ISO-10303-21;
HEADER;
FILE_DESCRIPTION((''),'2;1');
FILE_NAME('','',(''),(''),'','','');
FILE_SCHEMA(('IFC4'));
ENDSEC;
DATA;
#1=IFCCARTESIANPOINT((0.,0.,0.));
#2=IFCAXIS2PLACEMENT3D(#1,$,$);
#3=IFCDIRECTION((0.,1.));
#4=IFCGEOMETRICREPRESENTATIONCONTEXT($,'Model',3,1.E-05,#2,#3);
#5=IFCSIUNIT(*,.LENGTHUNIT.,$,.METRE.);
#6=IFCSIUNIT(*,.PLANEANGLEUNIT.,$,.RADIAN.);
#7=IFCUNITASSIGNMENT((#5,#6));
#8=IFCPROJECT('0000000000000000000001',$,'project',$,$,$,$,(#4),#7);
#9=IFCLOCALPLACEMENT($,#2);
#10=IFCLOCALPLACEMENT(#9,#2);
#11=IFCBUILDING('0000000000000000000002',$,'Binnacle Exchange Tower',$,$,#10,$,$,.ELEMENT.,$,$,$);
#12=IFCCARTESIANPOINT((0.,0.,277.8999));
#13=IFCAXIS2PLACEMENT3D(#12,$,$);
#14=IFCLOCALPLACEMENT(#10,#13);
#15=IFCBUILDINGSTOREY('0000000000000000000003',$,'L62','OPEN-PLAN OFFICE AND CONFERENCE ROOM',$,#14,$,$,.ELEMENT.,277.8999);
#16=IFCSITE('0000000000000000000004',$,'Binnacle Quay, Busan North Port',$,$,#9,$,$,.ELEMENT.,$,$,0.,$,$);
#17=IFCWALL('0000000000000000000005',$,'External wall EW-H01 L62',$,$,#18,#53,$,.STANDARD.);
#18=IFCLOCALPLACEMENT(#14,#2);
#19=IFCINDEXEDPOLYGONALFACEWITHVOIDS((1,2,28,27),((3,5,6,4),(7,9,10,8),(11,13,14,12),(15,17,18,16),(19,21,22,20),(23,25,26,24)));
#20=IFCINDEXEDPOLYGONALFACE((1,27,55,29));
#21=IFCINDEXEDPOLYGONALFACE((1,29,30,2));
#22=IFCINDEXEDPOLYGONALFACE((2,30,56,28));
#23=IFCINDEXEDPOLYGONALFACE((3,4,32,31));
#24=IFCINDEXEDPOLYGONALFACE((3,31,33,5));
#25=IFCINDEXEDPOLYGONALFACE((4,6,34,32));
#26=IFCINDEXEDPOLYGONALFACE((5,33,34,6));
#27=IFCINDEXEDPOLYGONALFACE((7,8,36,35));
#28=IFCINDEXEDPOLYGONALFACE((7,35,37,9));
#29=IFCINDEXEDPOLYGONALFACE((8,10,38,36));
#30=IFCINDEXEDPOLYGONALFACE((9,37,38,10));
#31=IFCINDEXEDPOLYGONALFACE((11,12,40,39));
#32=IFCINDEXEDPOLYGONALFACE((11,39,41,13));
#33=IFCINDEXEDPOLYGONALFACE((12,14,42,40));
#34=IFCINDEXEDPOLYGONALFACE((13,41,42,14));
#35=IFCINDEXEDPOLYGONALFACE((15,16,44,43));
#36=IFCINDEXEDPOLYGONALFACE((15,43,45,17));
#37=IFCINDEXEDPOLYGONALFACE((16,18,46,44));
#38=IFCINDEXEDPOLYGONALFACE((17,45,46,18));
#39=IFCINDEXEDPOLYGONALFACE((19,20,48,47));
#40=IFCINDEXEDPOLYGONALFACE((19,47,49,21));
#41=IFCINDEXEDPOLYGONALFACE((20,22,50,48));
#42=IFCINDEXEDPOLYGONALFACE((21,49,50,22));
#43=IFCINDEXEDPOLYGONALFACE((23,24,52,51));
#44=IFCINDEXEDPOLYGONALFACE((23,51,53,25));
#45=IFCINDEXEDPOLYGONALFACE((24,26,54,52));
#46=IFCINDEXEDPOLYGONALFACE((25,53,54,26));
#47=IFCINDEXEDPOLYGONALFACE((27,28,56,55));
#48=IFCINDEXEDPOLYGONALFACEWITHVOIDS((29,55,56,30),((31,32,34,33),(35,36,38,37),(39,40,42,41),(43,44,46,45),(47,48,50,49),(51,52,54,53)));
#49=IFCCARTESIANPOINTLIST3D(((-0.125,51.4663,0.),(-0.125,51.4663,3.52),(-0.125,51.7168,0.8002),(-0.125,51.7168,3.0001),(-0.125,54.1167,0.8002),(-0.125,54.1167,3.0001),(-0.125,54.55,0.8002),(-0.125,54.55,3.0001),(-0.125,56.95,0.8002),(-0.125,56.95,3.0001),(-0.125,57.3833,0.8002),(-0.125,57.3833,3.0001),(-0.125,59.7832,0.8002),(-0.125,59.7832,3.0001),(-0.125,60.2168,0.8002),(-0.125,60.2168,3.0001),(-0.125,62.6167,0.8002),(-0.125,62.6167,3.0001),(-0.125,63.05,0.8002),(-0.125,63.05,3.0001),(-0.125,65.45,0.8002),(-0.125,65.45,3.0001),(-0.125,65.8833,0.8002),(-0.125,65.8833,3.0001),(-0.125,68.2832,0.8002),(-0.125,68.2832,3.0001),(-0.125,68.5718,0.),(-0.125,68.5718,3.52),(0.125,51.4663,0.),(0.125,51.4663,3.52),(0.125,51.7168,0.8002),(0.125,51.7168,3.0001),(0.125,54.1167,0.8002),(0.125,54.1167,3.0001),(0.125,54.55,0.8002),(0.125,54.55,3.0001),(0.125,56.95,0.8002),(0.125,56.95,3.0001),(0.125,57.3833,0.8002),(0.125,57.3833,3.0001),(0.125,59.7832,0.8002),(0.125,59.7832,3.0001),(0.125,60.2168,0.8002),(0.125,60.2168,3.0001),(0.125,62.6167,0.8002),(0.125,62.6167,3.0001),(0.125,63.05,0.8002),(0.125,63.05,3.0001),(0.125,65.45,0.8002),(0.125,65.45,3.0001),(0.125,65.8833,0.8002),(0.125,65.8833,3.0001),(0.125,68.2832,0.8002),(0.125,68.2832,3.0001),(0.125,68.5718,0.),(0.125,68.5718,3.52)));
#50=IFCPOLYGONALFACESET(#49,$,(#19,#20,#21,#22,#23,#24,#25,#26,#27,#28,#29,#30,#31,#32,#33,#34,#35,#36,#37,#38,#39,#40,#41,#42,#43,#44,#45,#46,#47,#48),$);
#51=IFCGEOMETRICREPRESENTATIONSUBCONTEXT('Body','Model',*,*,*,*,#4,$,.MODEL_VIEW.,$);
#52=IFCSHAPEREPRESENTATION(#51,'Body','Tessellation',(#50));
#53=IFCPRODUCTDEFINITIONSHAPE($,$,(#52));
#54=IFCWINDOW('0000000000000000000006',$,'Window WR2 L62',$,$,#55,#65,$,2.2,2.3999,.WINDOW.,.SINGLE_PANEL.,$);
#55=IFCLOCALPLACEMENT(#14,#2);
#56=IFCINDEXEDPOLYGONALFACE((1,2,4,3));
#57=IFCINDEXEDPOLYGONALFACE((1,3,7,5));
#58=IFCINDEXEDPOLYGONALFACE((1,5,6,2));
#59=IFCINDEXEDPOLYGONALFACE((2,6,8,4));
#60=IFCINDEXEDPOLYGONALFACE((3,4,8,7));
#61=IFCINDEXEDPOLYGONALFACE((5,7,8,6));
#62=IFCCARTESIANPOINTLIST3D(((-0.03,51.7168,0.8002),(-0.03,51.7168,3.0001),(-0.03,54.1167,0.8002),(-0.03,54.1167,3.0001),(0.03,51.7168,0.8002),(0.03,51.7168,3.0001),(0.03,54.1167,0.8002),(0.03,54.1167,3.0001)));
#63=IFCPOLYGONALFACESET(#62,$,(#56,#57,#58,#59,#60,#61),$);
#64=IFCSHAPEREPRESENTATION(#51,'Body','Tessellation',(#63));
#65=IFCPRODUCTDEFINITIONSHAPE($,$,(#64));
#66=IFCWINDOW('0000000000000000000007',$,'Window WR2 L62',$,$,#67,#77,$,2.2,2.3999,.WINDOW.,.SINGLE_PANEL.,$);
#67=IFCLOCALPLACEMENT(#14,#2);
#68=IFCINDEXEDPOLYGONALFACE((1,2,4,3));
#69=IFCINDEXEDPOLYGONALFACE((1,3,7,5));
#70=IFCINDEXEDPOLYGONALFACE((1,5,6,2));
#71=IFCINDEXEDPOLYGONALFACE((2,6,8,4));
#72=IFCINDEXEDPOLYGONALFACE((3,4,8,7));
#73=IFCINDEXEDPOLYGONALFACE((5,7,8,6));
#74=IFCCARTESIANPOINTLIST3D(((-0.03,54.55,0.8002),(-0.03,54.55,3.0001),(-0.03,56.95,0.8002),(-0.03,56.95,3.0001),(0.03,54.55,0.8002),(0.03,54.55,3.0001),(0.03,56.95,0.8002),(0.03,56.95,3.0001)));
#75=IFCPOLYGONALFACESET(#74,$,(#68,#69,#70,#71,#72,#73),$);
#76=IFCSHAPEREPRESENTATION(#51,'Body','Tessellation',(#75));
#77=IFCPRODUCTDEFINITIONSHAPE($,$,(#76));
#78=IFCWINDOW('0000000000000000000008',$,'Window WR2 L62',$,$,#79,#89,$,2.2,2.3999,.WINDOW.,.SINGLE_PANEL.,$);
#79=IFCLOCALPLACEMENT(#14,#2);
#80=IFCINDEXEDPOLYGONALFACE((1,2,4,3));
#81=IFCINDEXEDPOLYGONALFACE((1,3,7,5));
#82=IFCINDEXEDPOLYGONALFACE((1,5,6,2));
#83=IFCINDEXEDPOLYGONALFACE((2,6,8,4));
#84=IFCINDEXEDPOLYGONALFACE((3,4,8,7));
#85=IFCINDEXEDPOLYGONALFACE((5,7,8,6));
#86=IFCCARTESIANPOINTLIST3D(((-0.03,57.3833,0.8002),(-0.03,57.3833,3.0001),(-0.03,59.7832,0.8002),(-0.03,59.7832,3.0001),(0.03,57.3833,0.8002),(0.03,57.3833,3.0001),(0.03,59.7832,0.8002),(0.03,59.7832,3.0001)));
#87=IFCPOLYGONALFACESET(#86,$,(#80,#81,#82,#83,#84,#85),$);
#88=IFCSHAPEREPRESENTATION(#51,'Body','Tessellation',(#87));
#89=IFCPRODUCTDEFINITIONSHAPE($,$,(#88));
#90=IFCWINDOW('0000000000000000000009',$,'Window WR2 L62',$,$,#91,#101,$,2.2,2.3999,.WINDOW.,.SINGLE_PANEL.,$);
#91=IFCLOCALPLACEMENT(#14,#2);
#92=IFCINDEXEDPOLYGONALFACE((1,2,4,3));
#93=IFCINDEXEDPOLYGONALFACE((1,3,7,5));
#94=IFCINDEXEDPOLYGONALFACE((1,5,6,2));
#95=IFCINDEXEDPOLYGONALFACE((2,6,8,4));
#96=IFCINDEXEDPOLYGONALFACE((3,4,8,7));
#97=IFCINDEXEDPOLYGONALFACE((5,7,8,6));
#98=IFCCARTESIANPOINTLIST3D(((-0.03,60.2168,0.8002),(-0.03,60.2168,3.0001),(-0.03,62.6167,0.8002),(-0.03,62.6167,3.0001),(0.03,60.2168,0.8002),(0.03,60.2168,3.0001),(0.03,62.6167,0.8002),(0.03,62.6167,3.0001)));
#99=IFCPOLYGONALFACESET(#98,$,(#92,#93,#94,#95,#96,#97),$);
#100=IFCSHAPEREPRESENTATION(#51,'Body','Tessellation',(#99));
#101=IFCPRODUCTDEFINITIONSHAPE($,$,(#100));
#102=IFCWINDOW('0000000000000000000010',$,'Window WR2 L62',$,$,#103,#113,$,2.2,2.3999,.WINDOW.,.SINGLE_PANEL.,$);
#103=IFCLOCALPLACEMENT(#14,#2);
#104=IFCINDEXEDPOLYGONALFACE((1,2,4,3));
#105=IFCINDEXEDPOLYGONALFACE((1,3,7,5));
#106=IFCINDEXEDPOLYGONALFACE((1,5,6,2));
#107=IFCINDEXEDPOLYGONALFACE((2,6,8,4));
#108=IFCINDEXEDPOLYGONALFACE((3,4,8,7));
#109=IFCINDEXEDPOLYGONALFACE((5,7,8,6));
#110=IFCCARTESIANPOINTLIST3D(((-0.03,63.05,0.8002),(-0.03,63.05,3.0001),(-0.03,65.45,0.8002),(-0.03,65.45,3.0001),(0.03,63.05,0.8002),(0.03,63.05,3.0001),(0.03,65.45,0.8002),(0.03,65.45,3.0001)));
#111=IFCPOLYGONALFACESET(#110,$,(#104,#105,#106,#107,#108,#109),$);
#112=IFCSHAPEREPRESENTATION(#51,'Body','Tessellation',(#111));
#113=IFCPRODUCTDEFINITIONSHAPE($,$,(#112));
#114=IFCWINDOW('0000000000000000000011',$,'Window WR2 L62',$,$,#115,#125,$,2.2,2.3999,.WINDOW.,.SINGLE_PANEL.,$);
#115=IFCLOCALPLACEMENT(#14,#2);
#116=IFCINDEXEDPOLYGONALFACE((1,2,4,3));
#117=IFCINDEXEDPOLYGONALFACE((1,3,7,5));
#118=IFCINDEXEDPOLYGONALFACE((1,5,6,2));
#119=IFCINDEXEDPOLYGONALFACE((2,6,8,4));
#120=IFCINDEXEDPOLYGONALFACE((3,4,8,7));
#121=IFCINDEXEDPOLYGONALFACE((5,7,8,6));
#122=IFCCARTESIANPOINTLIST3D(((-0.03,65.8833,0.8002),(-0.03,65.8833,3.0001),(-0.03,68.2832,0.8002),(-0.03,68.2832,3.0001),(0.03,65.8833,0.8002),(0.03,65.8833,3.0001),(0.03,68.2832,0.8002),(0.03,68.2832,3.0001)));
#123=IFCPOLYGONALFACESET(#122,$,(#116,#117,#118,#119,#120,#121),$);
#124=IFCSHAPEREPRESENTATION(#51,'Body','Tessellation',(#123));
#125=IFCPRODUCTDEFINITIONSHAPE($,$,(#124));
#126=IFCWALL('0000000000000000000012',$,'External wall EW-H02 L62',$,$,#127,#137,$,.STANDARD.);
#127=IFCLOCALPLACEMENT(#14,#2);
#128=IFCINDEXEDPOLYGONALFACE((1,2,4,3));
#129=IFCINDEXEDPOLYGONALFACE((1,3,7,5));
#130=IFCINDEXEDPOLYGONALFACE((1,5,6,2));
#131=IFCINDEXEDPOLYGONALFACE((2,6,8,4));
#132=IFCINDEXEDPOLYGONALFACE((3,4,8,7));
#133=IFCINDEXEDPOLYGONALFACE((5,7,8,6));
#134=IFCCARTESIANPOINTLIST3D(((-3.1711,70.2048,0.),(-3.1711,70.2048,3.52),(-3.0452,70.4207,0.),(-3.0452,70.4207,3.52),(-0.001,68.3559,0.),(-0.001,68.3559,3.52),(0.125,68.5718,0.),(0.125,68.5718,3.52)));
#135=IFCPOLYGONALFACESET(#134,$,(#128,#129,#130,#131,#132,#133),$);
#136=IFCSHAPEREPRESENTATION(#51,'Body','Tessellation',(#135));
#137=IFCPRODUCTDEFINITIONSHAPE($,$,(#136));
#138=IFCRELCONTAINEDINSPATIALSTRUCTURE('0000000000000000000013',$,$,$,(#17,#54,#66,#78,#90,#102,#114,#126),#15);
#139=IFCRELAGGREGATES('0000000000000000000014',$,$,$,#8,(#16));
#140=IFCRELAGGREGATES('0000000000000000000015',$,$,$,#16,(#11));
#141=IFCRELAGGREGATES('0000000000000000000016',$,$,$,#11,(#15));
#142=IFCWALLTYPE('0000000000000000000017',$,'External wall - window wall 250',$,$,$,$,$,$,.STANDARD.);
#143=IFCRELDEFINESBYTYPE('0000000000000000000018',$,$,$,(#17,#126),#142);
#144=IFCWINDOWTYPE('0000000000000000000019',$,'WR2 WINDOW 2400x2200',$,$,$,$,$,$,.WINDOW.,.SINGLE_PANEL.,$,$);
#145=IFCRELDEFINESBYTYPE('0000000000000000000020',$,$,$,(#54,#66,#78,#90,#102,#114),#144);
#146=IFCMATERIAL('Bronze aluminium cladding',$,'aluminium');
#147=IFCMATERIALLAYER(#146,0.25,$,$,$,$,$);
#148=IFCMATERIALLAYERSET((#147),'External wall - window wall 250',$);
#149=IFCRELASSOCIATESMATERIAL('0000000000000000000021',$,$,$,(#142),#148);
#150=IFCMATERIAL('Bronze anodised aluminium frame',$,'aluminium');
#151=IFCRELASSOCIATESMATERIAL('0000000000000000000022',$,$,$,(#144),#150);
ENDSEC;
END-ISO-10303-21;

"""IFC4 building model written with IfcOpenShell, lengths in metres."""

from ifc_helpers import new_model, si_unit, direction, frame, frame_2d, origin, place, context, subcontext, project, spatial, rectangle, extrude, material, layer, layer_set, type_object, element, fill, save


model = new_model("IFC4")

# Units and contexts
model_context = context("Model", 3, precision=1e-05, world=origin(), true_north=direction((0.0, 1.0)))
body_context = subcontext(model_context, "Body", "Model", "MODEL_VIEW")
ifc_project = project(units=[si_unit("LENGTHUNIT", "METRE"), si_unit("PLANEANGLEUNIT", "RADIAN")], contexts=[model_context])

# Site, building, storey
site_placement = place(None, origin())
site = spatial("IfcSite", under=ifc_project, at=site_placement, Name="Binnacle Quay, Busan North Port", CompositionType="ELEMENT", RefElevation=0.0)
building_placement = place(site_placement, origin())
building = spatial("IfcBuilding", under=site, at=building_placement, Name="Binnacle Exchange Tower", CompositionType="ELEMENT")
storey_placement = place(building_placement, frame((0.0, 0.0, 277.8999)))
storey = spatial("IfcBuildingStorey", under=building, at=storey_placement, Name="L62", Description="OPEN-PLAN OFFICE AND CONFERENCE ROOM", CompositionType="ELEMENT", Elevation=277.8999)

# Shared definitions
ifc_material_1 = material(Name="Bronze aluminium cladding", Category="aluminium")
ifc_layer_1 = layer(ifc_material_1, 0.25)
ifc_layer_set_1 = layer_set([ifc_layer_1], Name="External wall - window wall 250")
wall_type_1 = type_object("IfcWallType", Name="External wall - window wall 250", PredefinedType="STANDARD", material=ifc_layer_set_1)

# Wall, openings, windows
wall_1_placement = place(storey_placement, frame((0.0, 68.5718, 0.0), z_axis=(0.0, 0.0, 1.0), x_axis=(0.0, -1.0, 0.0)))
wall_1 = element("IfcWall", 1, at=wall_1_placement, inside=storey, type_object=wall_type_1, Name="External wall EW-H01 L62", PredefinedType="STANDARD", context=body_context, shape_type="SweptSolid", body=[
    extrude(rectangle(XDim=17.1055, YDim=0.25, at=frame_2d((8.5527, 0.0))), origin(), (0.0, 0.0, 1.0), 3.52),
])
opening_1_placement = place(wall_1_placement, frame((14.4551, 0.0, 0.8)))
opening_1 = element("IfcOpeningElement", 2, at=opening_1_placement, cuts=wall_1, PredefinedType="OPENING", context=body_context, shape_type="SweptSolid", body=[
    extrude(rectangle(XDim=2.3999, YDim=2.2, at=frame_2d((1.2, 1.1001))), frame((0.0, 0.135, 0.0), z_axis=(0.0, -1.0, 0.0), x_axis=(1.0, 0.0, 0.0)), (0.0, 0.0, 1.0), 0.27),
])
opening_2_placement = place(wall_1_placement, frame((11.6218, 0.0, 0.8)))
opening_2 = element("IfcOpeningElement", 3, at=opening_2_placement, cuts=wall_1, PredefinedType="OPENING", context=body_context, shape_type="SweptSolid", body=[
    extrude(rectangle(XDim=2.3999, YDim=2.2, at=frame_2d((1.2, 1.1001))), frame((0.0, 0.135, 0.0), z_axis=(0.0, -1.0, 0.0), x_axis=(1.0, 0.0, 0.0)), (0.0, 0.0, 1.0), 0.27),
])
opening_3_placement = place(wall_1_placement, frame((8.7886, 0.0, 0.8)))
opening_3 = element("IfcOpeningElement", 4, at=opening_3_placement, cuts=wall_1, PredefinedType="OPENING", context=body_context, shape_type="SweptSolid", body=[
    extrude(rectangle(XDim=2.3999, YDim=2.2, at=frame_2d((1.2, 1.1001))), frame((0.0, 0.135, 0.0), z_axis=(0.0, -1.0, 0.0), x_axis=(1.0, 0.0, 0.0)), (0.0, 0.0, 1.0), 0.27),
])
opening_4_placement = place(wall_1_placement, frame((5.9551, 0.0, 0.8)))
opening_4 = element("IfcOpeningElement", 5, at=opening_4_placement, cuts=wall_1, PredefinedType="OPENING", context=body_context, shape_type="SweptSolid", body=[
    extrude(rectangle(XDim=2.3999, YDim=2.2, at=frame_2d((1.2, 1.1001))), frame((0.0, 0.135, 0.0), z_axis=(0.0, -1.0, 0.0), x_axis=(1.0, 0.0, 0.0)), (0.0, 0.0, 1.0), 0.27),
])
opening_5_placement = place(wall_1_placement, frame((3.1218, 0.0, 0.8)))
opening_5 = element("IfcOpeningElement", 6, at=opening_5_placement, cuts=wall_1, PredefinedType="OPENING", context=body_context, shape_type="SweptSolid", body=[
    extrude(rectangle(XDim=2.3999, YDim=2.2, at=frame_2d((1.2, 1.1001))), frame((0.0, 0.135, 0.0), z_axis=(0.0, -1.0, 0.0), x_axis=(1.0, 0.0, 0.0)), (0.0, 0.0, 1.0), 0.27),
])
opening_6_placement = place(wall_1_placement, frame((0.2886, 0.0, 0.8)))
opening_6 = element("IfcOpeningElement", 7, at=opening_6_placement, cuts=wall_1, PredefinedType="OPENING", context=body_context, shape_type="SweptSolid", body=[
    extrude(rectangle(XDim=2.3999, YDim=2.2, at=frame_2d((1.2, 1.1001))), frame((0.0, 0.135, 0.0), z_axis=(0.0, -1.0, 0.0), x_axis=(1.0, 0.0, 0.0)), (0.0, 0.0, 1.0), 0.27),
])
ifc_material_2 = material(Name="Bronze anodised aluminium frame", Category="aluminium")
window_type = type_object("IfcWindowType", Name="WR2 WINDOW 2400x2200", PartitioningType="SINGLE_PANEL", PredefinedType="WINDOW", material=ifc_material_2)
window_1_placement = place(opening_1_placement, origin())
window_1 = element("IfcWindow", 8, at=window_1_placement, inside=storey, type_object=window_type, Name="Window WR2 L62", OverallHeight=2.2, OverallWidth=2.3999, PartitioningType="SINGLE_PANEL", PredefinedType="WINDOW", context=body_context, shape_type="SweptSolid", body=[
    extrude(rectangle(XDim=2.3999, YDim=2.2, at=frame_2d((1.2, 1.1001))), frame((0.0, 0.03, 0.0), z_axis=(0.0, -1.0, 0.0), x_axis=(1.0, 0.0, 0.0)), (0.0, 0.0, 1.0), 0.0601),
])
fill(opening_1, window_1)
window_2_placement = place(opening_2_placement, origin())
window_2 = element("IfcWindow", 9, at=window_2_placement, inside=storey, type_object=window_type, Name="Window WR2 L62", OverallHeight=2.2, OverallWidth=2.3999, PartitioningType="SINGLE_PANEL", PredefinedType="WINDOW", context=body_context, shape_type="SweptSolid", body=[
    extrude(rectangle(XDim=2.3999, YDim=2.2, at=frame_2d((1.2, 1.1001))), frame((0.0, 0.03, 0.0), z_axis=(0.0, -1.0, 0.0), x_axis=(1.0, 0.0, 0.0)), (0.0, 0.0, 1.0), 0.0601),
])
fill(opening_2, window_2)
window_3_placement = place(opening_3_placement, origin())
window_3 = element("IfcWindow", 10, at=window_3_placement, inside=storey, type_object=window_type, Name="Window WR2 L62", OverallHeight=2.2, OverallWidth=2.3999, PartitioningType="SINGLE_PANEL", PredefinedType="WINDOW", context=body_context, shape_type="SweptSolid", body=[
    extrude(rectangle(XDim=2.3999, YDim=2.2, at=frame_2d((1.2, 1.1001))), frame((0.0, 0.03, 0.0), z_axis=(0.0, -1.0, 0.0), x_axis=(1.0, 0.0, 0.0)), (0.0, 0.0, 1.0), 0.0601),
])
fill(opening_3, window_3)
window_4_placement = place(opening_4_placement, origin())
window_4 = element("IfcWindow", 11, at=window_4_placement, inside=storey, type_object=window_type, Name="Window WR2 L62", OverallHeight=2.2, OverallWidth=2.3999, PartitioningType="SINGLE_PANEL", PredefinedType="WINDOW", context=body_context, shape_type="SweptSolid", body=[
    extrude(rectangle(XDim=2.3999, YDim=2.2, at=frame_2d((1.2, 1.1001))), frame((0.0, 0.03, 0.0), z_axis=(0.0, -1.0, 0.0), x_axis=(1.0, 0.0, 0.0)), (0.0, 0.0, 1.0), 0.0601),
])
fill(opening_4, window_4)
window_5_placement = place(opening_5_placement, origin())
window_5 = element("IfcWindow", 12, at=window_5_placement, inside=storey, type_object=window_type, Name="Window WR2 L62", OverallHeight=2.2, OverallWidth=2.3999, PartitioningType="SINGLE_PANEL", PredefinedType="WINDOW", context=body_context, shape_type="SweptSolid", body=[
    extrude(rectangle(XDim=2.3999, YDim=2.2, at=frame_2d((1.2, 1.1001))), frame((0.0, 0.03, 0.0), z_axis=(0.0, -1.0, 0.0), x_axis=(1.0, 0.0, 0.0)), (0.0, 0.0, 1.0), 0.0601),
])
fill(opening_5, window_5)
window_6_placement = place(opening_6_placement, origin())
window_6 = element("IfcWindow", 13, at=window_6_placement, inside=storey, type_object=window_type, Name="Window WR2 L62", OverallHeight=2.2, OverallWidth=2.3999, PartitioningType="SINGLE_PANEL", PredefinedType="WINDOW", context=body_context, shape_type="SweptSolid", body=[
    extrude(rectangle(XDim=2.3999, YDim=2.2, at=frame_2d((1.2, 1.1001))), frame((0.0, 0.03, 0.0), z_axis=(0.0, -1.0, 0.0), x_axis=(1.0, 0.0, 0.0)), (0.0, 0.0, 1.0), 0.0601),
])
fill(opening_6, window_6)

# Wall
wall_2_placement = place(storey_placement, frame((-3.1082, 70.3127, 0.0), z_axis=(0.0, 0.0, 1.0), x_axis=(0.863825, -0.503792, 0.0)))
element("IfcWall", 14, at=wall_2_placement, inside=storey, type_object=wall_type_1, Name="External wall EW-H02 L62", PredefinedType="STANDARD", context=body_context, shape_type="SweptSolid", body=[
    extrude(rectangle(XDim=3.6699, YDim=0.25, at=frame_2d((1.835, 0.0))), origin(), (0.0, 0.0, 1.0), 3.52),
])

save(model, "model.ifc")
